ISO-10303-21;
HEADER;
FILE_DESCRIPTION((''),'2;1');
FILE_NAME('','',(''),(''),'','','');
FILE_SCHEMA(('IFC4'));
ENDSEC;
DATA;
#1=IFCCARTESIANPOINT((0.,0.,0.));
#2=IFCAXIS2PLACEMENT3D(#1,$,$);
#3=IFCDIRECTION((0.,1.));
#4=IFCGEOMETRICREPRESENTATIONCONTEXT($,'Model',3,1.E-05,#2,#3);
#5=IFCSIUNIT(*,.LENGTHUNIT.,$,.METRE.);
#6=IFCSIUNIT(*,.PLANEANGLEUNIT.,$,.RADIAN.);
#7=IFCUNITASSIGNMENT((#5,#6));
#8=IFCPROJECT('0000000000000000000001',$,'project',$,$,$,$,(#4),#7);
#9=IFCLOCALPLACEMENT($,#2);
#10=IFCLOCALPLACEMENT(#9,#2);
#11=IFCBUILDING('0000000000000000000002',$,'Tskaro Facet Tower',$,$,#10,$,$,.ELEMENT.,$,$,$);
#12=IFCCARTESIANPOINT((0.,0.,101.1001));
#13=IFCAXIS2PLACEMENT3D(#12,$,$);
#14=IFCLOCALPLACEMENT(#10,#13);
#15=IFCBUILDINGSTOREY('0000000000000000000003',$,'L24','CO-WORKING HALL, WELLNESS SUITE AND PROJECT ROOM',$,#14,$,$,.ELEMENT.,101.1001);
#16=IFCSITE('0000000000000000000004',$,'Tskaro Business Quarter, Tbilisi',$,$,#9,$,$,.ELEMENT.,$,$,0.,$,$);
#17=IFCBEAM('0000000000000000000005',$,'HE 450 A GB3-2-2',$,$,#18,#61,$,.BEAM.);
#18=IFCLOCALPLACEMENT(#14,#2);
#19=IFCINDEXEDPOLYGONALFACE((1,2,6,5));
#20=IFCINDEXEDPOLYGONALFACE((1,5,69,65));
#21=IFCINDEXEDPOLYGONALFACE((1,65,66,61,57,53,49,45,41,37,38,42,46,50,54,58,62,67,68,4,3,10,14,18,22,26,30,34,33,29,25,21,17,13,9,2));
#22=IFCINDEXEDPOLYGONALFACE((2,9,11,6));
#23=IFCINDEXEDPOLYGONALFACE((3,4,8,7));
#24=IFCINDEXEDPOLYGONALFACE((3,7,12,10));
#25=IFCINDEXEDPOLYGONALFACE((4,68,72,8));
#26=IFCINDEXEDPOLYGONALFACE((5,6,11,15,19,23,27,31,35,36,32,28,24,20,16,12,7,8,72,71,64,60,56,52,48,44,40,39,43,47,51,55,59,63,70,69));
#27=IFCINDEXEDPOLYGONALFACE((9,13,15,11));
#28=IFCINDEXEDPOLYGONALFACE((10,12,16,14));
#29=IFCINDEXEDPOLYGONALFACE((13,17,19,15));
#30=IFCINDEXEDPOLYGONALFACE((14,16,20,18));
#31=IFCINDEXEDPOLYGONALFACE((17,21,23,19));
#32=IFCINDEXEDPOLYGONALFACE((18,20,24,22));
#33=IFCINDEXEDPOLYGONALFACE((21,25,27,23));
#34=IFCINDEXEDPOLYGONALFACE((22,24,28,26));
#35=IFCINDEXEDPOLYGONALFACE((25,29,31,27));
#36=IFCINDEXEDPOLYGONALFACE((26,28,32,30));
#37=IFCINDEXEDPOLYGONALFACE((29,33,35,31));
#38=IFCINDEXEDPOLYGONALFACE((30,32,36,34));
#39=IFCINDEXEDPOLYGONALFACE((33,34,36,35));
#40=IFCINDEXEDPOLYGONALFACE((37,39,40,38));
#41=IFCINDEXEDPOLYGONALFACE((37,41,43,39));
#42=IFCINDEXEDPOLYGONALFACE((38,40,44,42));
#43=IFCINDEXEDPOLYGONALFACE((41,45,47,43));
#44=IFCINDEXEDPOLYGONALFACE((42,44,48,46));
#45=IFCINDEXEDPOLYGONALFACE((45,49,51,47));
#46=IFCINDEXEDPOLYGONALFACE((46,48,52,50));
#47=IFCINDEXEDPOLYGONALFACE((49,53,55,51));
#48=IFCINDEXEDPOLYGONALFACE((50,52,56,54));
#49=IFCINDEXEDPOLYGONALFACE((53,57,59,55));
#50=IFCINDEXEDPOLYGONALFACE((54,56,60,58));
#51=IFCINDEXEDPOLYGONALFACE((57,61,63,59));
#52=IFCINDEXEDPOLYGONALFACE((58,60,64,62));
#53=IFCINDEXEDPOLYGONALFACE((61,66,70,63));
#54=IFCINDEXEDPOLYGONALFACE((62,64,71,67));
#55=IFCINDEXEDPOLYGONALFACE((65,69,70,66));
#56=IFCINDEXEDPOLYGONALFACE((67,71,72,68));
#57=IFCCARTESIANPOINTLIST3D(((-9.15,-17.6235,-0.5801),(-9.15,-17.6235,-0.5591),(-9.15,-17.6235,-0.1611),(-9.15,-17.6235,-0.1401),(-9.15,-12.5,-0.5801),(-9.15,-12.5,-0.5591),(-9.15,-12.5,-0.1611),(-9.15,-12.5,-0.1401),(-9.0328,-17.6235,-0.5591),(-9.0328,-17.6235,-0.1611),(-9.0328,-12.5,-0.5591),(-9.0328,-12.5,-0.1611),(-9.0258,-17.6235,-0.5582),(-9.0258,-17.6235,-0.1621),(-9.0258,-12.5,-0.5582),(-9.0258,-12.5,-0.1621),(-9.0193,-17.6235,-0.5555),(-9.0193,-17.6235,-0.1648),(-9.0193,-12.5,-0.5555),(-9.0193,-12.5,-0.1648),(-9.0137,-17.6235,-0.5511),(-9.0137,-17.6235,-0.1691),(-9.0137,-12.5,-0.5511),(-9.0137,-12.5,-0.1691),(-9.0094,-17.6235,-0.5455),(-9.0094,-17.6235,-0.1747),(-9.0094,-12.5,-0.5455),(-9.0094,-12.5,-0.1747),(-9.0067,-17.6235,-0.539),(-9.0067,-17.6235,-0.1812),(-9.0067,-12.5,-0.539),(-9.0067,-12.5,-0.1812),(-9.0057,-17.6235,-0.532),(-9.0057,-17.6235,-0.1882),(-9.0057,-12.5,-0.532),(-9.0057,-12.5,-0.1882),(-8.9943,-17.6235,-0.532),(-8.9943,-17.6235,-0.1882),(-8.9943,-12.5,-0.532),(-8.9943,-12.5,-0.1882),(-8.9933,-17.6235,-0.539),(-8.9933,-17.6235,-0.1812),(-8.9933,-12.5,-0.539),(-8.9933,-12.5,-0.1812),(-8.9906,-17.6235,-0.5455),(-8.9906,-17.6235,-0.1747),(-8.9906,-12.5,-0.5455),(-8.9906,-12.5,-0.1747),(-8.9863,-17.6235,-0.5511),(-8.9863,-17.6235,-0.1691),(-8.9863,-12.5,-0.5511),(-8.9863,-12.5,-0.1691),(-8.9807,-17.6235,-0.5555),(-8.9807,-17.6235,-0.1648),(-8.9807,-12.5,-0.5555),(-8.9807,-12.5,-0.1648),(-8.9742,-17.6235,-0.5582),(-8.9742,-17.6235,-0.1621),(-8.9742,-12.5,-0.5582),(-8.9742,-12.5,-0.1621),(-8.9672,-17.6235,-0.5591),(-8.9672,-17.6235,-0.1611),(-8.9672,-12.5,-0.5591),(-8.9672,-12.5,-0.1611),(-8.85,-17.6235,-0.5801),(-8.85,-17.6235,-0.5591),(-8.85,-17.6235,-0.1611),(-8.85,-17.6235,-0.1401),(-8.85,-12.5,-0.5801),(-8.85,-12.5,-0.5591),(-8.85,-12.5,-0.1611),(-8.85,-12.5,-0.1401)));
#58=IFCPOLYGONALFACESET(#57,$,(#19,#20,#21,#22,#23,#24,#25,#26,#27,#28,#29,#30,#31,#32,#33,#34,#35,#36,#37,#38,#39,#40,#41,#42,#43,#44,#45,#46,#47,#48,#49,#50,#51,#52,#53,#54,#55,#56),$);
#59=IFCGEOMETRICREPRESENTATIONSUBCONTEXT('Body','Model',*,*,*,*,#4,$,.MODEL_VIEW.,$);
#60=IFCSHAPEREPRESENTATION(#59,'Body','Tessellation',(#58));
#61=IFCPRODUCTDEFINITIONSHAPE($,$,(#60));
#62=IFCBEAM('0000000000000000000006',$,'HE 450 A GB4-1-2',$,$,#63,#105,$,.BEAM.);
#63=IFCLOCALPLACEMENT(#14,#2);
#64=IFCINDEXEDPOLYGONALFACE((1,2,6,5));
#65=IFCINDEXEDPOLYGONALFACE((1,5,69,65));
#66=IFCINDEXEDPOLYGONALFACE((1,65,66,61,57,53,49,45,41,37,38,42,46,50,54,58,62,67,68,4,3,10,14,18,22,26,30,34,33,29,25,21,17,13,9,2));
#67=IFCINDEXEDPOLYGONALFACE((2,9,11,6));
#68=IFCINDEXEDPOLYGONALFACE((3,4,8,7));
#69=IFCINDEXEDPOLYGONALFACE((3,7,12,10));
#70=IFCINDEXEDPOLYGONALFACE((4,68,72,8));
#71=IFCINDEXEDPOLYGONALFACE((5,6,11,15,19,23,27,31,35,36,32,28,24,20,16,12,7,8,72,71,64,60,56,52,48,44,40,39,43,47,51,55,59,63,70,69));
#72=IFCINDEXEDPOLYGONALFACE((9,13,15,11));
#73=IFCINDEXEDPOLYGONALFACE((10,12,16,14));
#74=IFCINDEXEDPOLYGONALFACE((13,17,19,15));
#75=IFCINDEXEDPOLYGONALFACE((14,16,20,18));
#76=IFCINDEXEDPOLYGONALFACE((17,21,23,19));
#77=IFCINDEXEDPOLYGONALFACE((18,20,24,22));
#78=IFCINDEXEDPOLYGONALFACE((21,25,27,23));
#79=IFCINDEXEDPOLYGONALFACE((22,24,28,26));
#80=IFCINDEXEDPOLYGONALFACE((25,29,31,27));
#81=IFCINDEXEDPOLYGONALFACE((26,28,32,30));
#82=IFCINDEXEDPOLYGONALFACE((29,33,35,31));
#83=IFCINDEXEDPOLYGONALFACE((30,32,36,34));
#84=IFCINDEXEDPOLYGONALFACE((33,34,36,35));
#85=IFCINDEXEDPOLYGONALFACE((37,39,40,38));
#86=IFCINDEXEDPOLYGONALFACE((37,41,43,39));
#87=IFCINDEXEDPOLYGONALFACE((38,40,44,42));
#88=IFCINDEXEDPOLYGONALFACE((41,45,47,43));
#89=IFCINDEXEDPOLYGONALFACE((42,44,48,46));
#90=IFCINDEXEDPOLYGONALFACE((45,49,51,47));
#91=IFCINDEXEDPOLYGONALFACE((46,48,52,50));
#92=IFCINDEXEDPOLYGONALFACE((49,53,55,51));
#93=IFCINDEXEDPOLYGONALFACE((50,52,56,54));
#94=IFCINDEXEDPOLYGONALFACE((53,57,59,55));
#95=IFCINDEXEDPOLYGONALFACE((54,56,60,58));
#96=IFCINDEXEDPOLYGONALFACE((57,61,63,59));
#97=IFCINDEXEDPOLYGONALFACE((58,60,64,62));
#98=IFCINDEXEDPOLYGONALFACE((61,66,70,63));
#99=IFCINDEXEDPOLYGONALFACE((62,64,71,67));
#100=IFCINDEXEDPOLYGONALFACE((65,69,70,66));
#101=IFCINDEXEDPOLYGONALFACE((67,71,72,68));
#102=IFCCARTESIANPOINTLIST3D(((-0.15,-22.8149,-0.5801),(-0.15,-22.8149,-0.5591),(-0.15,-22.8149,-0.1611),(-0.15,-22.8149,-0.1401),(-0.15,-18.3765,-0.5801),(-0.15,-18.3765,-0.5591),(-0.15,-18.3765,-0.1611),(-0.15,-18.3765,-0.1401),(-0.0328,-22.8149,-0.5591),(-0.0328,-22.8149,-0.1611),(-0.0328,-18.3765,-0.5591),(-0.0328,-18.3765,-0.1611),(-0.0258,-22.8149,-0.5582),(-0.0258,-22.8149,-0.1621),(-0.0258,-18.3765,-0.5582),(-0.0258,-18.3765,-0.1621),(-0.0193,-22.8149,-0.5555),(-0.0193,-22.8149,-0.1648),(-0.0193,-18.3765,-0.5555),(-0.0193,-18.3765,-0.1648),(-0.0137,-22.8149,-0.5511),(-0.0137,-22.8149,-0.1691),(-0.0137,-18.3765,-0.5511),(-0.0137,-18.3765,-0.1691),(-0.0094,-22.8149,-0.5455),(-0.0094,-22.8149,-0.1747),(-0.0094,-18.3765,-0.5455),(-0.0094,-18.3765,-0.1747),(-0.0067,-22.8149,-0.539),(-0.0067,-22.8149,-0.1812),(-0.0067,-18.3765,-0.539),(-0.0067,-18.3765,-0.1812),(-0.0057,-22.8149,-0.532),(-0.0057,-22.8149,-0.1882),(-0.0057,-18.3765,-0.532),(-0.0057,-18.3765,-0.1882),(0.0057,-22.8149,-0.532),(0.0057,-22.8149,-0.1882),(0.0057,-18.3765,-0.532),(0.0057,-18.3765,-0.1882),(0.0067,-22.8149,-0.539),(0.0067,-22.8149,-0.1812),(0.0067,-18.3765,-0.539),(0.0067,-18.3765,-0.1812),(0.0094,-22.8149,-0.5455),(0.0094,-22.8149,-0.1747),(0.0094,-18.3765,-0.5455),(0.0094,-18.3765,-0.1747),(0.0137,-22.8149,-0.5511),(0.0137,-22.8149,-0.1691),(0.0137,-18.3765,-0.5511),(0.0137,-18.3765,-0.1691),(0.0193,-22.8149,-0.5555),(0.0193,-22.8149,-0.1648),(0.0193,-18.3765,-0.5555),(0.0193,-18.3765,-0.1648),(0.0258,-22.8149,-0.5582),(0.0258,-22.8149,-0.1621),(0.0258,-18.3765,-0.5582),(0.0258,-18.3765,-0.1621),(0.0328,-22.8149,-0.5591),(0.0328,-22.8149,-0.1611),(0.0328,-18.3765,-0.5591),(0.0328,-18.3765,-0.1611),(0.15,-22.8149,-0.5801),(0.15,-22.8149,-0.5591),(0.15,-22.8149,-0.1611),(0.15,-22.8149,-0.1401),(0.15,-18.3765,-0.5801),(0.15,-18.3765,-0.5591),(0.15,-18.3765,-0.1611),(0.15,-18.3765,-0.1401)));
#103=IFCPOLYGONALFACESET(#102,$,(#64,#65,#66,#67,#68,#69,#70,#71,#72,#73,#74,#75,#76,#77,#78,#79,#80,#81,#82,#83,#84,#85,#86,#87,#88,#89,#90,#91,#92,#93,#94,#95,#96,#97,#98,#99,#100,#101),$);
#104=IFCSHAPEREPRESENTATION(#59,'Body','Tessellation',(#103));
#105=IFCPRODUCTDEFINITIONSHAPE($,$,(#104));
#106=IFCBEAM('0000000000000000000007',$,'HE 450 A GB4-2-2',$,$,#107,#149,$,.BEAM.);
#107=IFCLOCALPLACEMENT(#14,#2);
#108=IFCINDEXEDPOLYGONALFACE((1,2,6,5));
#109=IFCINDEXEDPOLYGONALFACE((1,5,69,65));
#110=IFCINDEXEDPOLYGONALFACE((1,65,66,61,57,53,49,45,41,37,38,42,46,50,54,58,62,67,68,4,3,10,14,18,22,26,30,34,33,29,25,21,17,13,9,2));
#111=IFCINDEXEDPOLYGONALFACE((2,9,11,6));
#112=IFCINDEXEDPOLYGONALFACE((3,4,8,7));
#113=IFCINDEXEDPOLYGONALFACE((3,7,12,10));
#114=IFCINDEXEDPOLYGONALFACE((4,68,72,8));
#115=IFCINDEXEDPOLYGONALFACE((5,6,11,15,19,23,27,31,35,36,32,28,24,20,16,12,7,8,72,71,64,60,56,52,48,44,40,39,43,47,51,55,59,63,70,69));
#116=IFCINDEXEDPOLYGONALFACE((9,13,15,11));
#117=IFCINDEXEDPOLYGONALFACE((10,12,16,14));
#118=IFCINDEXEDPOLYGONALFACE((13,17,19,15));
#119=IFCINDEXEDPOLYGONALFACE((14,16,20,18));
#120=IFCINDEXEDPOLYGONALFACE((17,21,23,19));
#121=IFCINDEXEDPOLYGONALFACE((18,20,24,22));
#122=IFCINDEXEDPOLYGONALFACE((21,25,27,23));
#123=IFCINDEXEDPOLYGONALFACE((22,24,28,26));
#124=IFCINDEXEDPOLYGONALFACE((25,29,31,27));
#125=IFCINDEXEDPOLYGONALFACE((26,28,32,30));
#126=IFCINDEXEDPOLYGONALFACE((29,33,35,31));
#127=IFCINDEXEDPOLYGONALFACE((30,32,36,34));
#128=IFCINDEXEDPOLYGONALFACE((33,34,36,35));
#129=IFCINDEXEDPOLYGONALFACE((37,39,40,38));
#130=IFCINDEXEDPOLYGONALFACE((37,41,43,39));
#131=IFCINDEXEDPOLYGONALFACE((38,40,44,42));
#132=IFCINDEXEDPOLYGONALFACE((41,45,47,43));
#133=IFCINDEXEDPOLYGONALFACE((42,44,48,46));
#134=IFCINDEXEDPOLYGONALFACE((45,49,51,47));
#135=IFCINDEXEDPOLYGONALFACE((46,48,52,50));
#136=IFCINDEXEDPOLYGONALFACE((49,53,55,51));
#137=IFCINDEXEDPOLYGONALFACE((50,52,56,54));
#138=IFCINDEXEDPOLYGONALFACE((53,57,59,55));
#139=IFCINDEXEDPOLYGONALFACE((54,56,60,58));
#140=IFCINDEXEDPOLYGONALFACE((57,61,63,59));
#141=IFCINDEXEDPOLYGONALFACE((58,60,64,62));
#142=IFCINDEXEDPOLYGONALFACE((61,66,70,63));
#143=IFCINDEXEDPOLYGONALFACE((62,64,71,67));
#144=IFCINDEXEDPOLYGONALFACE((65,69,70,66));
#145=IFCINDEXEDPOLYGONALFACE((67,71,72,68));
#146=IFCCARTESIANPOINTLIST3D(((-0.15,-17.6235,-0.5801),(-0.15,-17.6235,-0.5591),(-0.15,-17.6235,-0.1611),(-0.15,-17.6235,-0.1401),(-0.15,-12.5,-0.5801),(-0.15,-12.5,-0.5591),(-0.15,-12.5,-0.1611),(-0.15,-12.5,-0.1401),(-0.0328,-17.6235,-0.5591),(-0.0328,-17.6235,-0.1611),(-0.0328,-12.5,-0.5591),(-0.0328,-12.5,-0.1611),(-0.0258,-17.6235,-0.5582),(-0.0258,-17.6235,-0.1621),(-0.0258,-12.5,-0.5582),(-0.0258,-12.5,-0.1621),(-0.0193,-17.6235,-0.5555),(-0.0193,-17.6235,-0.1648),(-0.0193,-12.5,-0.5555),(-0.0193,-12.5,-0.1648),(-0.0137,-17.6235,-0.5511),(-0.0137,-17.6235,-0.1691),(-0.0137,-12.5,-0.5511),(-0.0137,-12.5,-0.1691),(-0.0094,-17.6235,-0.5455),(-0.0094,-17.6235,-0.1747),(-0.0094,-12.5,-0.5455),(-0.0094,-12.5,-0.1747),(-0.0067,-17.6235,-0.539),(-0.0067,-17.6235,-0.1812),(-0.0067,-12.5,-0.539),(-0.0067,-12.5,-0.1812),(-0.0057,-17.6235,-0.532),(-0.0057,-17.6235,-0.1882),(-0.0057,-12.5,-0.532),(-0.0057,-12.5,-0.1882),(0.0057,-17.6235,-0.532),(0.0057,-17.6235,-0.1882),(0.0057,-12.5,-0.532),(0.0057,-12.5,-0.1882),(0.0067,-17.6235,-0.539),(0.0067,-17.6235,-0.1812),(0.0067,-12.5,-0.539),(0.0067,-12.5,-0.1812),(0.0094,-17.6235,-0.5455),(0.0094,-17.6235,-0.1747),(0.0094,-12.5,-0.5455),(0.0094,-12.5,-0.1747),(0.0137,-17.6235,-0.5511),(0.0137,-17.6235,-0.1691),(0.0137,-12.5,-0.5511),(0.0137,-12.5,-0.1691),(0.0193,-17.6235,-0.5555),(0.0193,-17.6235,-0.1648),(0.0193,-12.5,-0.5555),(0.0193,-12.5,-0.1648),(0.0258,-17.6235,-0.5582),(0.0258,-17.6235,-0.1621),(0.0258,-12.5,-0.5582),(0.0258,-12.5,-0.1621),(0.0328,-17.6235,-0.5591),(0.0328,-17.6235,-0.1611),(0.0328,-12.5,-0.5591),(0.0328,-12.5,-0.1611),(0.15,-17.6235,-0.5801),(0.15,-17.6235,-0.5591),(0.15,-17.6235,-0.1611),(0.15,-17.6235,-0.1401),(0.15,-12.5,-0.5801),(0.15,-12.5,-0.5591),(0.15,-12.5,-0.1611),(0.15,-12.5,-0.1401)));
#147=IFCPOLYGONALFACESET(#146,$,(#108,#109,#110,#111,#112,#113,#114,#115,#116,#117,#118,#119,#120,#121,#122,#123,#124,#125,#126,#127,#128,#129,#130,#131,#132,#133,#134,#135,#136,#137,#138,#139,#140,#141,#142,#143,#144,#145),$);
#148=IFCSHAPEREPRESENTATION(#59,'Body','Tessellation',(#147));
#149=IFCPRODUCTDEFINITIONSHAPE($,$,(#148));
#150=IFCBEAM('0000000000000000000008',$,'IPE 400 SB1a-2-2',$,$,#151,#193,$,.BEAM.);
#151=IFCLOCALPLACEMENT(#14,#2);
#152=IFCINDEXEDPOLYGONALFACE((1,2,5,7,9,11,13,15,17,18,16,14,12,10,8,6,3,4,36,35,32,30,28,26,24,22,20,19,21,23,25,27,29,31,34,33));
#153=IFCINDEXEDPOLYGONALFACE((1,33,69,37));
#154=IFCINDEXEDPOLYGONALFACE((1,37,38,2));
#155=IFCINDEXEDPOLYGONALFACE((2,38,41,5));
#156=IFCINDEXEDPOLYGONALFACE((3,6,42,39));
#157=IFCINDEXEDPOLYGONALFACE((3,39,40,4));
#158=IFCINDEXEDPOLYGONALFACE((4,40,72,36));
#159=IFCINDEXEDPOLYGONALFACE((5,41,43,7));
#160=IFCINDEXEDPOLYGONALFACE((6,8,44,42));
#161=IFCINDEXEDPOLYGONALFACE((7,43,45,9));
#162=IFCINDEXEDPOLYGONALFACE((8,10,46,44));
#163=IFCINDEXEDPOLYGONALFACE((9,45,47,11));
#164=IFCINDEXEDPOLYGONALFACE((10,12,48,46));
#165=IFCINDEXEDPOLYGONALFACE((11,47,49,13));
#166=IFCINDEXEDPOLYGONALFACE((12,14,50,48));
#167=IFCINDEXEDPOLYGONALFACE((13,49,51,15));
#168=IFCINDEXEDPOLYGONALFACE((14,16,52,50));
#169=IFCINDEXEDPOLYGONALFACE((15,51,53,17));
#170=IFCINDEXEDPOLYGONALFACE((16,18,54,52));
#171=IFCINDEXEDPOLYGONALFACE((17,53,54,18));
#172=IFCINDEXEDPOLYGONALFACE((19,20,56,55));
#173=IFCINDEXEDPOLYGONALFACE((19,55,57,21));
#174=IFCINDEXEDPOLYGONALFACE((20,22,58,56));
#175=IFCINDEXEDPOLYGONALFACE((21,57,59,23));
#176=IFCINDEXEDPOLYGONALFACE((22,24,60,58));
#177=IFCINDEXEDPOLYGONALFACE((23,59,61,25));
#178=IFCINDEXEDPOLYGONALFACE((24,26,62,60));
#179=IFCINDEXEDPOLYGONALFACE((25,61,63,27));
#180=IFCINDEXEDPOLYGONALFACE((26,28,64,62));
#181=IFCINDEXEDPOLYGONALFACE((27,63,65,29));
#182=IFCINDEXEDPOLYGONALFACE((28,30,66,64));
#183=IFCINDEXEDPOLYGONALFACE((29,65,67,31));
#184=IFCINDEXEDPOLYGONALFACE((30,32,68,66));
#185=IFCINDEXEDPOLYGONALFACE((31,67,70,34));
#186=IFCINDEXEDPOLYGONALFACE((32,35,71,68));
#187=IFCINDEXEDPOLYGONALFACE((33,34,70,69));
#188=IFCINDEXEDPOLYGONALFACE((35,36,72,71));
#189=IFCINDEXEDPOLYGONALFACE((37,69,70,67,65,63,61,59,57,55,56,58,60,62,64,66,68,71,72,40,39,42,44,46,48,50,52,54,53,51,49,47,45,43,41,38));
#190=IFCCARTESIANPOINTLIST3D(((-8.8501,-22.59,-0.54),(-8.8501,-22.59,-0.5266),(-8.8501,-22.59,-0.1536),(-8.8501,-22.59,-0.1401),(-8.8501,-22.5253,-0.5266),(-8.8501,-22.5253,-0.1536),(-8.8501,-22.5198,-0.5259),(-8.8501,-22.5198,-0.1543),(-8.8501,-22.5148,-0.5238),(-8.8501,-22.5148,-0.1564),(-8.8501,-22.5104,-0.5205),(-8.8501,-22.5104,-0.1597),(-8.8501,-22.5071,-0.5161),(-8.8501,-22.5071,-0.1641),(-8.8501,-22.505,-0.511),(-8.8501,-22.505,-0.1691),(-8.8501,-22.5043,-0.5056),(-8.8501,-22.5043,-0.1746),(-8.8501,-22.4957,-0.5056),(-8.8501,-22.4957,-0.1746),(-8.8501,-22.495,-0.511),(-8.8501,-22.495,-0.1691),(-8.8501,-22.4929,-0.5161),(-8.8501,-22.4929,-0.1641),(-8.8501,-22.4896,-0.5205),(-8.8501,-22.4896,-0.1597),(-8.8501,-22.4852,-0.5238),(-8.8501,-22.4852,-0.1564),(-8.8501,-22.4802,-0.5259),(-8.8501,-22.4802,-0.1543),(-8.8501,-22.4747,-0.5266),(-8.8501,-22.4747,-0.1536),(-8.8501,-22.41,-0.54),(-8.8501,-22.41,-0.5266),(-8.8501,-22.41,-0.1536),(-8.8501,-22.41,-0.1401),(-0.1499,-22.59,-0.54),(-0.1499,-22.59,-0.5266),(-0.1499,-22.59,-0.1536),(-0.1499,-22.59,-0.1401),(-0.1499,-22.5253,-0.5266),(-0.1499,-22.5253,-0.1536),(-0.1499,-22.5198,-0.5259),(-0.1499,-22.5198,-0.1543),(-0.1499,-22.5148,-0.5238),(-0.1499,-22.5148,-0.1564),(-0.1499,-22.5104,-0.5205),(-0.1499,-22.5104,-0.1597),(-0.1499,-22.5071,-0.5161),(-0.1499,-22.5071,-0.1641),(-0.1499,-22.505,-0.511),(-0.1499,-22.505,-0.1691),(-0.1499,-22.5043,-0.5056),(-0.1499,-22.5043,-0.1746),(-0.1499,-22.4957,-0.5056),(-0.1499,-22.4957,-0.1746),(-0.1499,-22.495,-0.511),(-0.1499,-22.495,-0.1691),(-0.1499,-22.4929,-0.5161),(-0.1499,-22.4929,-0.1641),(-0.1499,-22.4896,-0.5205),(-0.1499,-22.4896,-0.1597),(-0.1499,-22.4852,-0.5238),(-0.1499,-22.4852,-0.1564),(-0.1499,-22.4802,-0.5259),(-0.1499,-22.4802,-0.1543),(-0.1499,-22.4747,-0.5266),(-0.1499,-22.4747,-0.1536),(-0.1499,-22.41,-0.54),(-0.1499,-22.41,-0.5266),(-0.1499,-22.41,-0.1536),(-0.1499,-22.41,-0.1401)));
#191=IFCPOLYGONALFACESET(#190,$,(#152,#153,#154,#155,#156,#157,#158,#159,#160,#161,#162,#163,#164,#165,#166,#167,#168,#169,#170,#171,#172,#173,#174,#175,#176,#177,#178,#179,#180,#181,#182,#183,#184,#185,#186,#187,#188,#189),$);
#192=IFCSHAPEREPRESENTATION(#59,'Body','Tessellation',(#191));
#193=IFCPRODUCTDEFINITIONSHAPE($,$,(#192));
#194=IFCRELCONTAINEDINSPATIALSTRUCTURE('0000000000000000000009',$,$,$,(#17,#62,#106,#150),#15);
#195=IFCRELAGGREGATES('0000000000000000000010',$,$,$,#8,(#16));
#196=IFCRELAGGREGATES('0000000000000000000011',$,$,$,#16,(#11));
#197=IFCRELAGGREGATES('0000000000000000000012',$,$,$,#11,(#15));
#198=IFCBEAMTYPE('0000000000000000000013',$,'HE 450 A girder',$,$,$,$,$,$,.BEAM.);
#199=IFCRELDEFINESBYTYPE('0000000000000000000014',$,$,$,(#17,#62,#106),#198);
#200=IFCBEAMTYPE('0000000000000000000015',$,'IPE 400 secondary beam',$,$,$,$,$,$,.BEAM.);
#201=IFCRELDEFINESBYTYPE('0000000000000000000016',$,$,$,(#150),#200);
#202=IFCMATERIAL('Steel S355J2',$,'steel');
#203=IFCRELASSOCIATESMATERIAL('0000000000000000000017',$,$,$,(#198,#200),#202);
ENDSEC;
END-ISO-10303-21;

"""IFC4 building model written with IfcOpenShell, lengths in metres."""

from ifc_helpers import new_model, si_unit, direction, frame, origin, origin_2d, place, context, subcontext, project, spatial, i_section, extrude, material, material_profile, profile_set, type_object, element, save


model = new_model("IFC4")

# Units and contexts
model_context = context("Model", 3, precision=1e-05, world=origin(), true_north=direction((0.0, 1.0)))
body_context = subcontext(model_context, "Body", "Model", "MODEL_VIEW")
ifc_project = project(units=[si_unit("LENGTHUNIT", "METRE"), si_unit("PLANEANGLEUNIT", "RADIAN")], contexts=[model_context])

# Site, building, storey
site_placement = place(None, origin())
site = spatial("IfcSite", under=ifc_project, at=site_placement, Name="Tskaro Business Quarter, Tbilisi", CompositionType="ELEMENT", RefElevation=0.0)
building_placement = place(site_placement, origin())
building = spatial("IfcBuilding", under=site, at=building_placement, Name="Tskaro Facet Tower", CompositionType="ELEMENT")
storey_placement = place(building_placement, frame((0.0, 0.0, 101.1001)))
storey = spatial("IfcBuildingStorey", under=building, at=storey_placement, Name="L24", Description="CO-WORKING HALL, WELLNESS SUITE AND PROJECT ROOM", CompositionType="ELEMENT", Elevation=101.1001)

# Beams
ifc_material_1 = material(Name="Steel S355J2", Category="steel")
ifc_material_profile_1 = material_profile(ifc_material_1, i_section(OverallWidth=0.3, OverallDepth=0.4399, WebThickness=0.0115, FlangeThickness=0.021, FilletRadius=0.0271, at=origin_2d()), Name="HE 450 A")
ifc_profile_set_1 = profile_set([ifc_material_profile_1], Name="Steel S355J2")
beam_type_1 = type_object("IfcBeamType", Name="HE 450 A girder", PredefinedType="BEAM", material=ifc_profile_set_1)
beam_1_placement = place(storey_placement, frame((-9.0, -17.6235, -0.3601), z_axis=(0.0, 1.0, 0.0), x_axis=(-1.0, 0.0, 0.0)))
element("IfcBeam", 1, at=beam_1_placement, inside=storey, type_object=beam_type_1, Name="HE 450 A GB3-2-2", PredefinedType="BEAM", context=body_context, shape_type="SweptSolid", body=[
    extrude(i_section(OverallWidth=0.3, OverallDepth=0.4399, WebThickness=0.0115, FlangeThickness=0.021, FilletRadius=0.0271, at=origin_2d()), origin(), (0.0, 0.0, 1.0), 5.1235),
])
beam_2_placement = place(storey_placement, frame((0.0, -22.8149, -0.3601), z_axis=(0.0, 1.0, 0.0), x_axis=(-1.0, 0.0, 0.0)))
element("IfcBeam", 2, at=beam_2_placement, inside=storey, type_object=beam_type_1, Name="HE 450 A GB4-1-2", PredefinedType="BEAM", context=body_context, shape_type="SweptSolid", body=[
    extrude(i_section(OverallWidth=0.3, OverallDepth=0.4399, WebThickness=0.0115, FlangeThickness=0.021, FilletRadius=0.0271, at=origin_2d()), origin(), (0.0, 0.0, 1.0), 4.4385),
])
beam_3_placement = place(storey_placement, frame((0.0, -17.6235, -0.3601), z_axis=(0.0, 1.0, 0.0), x_axis=(-1.0, 0.0, 0.0)))
element("IfcBeam", 3, at=beam_3_placement, inside=storey, type_object=beam_type_1, Name="HE 450 A GB4-2-2", PredefinedType="BEAM", context=body_context, shape_type="SweptSolid", body=[
    extrude(i_section(OverallWidth=0.3, OverallDepth=0.4399, WebThickness=0.0115, FlangeThickness=0.021, FilletRadius=0.0271, at=origin_2d()), origin(), (0.0, 0.0, 1.0), 5.1235),
])
ifc_material_profile_2 = material_profile(ifc_material_1, i_section(OverallWidth=0.1799, OverallDepth=0.3999, WebThickness=0.0085, FlangeThickness=0.0134, FilletRadius=0.021, at=origin_2d()), Name="IPE 400")
ifc_profile_set_2 = profile_set([ifc_material_profile_2], Name="Steel S355J2")
beam_type_2 = type_object("IfcBeamType", Name="IPE 400 secondary beam", PredefinedType="BEAM", material=ifc_profile_set_2)
for number, where, z_axis, x_axis, name in (
    (4, (-8.8501, -22.5, -0.3401), (1.0, 0.0, 0.0), (0.0, 1.0, 0.0), "IPE 400 SB1a-2-2"),
):
    element("IfcBeam", number, at=place(storey_placement, frame(where, z_axis=z_axis, x_axis=x_axis)), inside=storey, type_object=beam_type_2, Name=name, PredefinedType="BEAM", context=body_context, shape_type="SweptSolid", body=[
        extrude(i_section(OverallWidth=0.1799, OverallDepth=0.3999, WebThickness=0.0085, FlangeThickness=0.0134, FilletRadius=0.021, at=origin_2d()), origin(), (0.0, 0.0, 1.0), 8.7002),
    ])

save(model, "model.ifc")
